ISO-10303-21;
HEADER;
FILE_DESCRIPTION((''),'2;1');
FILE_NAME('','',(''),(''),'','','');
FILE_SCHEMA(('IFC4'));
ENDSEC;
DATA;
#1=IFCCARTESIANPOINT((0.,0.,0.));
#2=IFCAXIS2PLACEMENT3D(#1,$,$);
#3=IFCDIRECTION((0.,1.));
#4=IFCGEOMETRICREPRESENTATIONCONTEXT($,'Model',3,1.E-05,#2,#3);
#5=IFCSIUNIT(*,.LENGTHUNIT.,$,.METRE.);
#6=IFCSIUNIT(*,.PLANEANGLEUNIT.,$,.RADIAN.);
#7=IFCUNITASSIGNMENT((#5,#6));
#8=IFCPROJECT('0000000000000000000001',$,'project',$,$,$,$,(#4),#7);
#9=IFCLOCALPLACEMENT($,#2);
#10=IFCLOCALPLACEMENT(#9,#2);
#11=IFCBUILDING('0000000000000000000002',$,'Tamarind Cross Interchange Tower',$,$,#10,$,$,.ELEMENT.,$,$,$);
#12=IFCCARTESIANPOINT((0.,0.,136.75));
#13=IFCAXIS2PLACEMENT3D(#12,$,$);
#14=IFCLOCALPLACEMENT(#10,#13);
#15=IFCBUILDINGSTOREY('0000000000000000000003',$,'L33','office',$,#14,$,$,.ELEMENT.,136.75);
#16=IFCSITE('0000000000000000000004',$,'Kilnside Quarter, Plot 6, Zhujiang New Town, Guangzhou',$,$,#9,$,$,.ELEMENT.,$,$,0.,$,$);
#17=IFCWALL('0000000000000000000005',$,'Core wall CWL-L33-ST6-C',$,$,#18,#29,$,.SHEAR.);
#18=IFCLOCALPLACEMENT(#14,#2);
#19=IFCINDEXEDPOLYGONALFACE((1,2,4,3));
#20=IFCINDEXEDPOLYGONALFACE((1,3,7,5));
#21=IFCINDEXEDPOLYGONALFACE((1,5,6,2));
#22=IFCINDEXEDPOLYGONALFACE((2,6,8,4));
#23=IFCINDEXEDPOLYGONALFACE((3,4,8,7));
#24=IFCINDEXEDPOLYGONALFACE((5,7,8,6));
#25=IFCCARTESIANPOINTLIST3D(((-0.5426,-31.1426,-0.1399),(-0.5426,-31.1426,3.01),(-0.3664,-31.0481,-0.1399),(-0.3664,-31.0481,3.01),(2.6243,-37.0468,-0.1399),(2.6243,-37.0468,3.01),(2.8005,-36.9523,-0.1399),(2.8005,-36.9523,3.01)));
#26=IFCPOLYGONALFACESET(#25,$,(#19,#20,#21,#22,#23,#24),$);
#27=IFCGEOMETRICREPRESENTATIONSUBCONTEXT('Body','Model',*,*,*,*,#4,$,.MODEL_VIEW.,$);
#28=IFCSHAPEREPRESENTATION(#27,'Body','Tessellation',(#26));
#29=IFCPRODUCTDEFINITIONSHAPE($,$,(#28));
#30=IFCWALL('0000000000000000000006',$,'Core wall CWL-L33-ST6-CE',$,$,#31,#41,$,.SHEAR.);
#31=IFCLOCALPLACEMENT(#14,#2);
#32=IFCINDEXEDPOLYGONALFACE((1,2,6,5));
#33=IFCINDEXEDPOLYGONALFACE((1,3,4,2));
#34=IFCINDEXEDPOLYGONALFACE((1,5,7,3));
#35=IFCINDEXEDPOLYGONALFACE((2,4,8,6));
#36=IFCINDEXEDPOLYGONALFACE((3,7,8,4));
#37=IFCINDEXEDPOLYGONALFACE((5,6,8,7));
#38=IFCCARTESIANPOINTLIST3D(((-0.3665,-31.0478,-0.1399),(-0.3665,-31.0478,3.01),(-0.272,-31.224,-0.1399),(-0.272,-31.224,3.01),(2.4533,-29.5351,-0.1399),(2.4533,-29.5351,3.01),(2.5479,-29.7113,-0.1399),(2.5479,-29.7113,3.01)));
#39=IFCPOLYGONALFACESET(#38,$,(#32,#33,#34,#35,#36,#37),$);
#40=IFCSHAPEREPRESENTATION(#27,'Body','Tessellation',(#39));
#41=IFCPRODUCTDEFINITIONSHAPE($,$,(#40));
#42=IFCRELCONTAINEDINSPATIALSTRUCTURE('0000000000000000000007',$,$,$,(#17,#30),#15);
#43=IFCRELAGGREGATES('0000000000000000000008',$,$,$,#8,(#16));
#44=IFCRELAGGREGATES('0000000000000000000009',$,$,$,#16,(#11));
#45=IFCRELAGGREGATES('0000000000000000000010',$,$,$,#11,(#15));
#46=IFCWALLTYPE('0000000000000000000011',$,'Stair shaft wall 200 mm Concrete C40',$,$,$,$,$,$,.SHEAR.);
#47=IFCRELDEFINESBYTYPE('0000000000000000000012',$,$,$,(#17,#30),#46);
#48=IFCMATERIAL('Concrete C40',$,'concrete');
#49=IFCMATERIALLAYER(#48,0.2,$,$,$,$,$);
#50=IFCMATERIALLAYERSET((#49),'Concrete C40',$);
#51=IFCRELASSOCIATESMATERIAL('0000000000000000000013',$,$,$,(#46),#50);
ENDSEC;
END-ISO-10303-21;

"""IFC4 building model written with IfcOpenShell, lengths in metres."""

from ifc_helpers import new_model, si_unit, direction, frame, frame_2d, origin, place, context, subcontext, project, spatial, rectangle, extrude, material, layer, layer_set, type_object, element, save


model = new_model("IFC4")

# Units and contexts
model_context = context("Model", 3, precision=1e-05, world=origin(), true_north=direction((0.0, 1.0)))
body_context = subcontext(model_context, "Body", "Model", "MODEL_VIEW")
ifc_project = project(units=[si_unit("LENGTHUNIT", "METRE"), si_unit("PLANEANGLEUNIT", "RADIAN")], contexts=[model_context])

# Site, building, storey
site_placement = place(None, origin())
site = spatial("IfcSite", under=ifc_project, at=site_placement, Name="Kilnside Quarter, Plot 6, Zhujiang New Town, Guangzhou", CompositionType="ELEMENT", RefElevation=0.0)
building_placement = place(site_placement, origin())
building = spatial("IfcBuilding", under=site, at=building_placement, Name="Tamarind Cross Interchange Tower", CompositionType="ELEMENT")
storey_placement = place(building_placement, frame((0.0, 0.0, 136.75)))
storey = spatial("IfcBuildingStorey", under=building, at=storey_placement, Name="L33", Description="office", CompositionType="ELEMENT", Elevation=136.75)

# Walls
ifc_material_1 = material(Name="Concrete C40", Category="concrete")
ifc_layer_1 = layer(ifc_material_1, 0.2)
ifc_layer_set_1 = layer_set([ifc_layer_1], Name="Concrete C40")
wall_type_1 = type_object("IfcWallType", Name="Stair shaft wall 200 mm Concrete C40", PredefinedType="SHEAR", material=ifc_layer_set_1)
wall_1_placement = place(storey_placement, frame((-0.4546, -31.0952, -0.1399), z_axis=(0.0, 0.0, 1.0), x_axis=(0.472682, -0.881233, 0.0)))
element("IfcWall", 1, at=wall_1_placement, inside=storey, type_object=wall_type_1, Name="Core wall CWL-L33-ST6-C", PredefinedType="SHEAR", context=body_context, shape_type="SweptSolid", body=[
    extrude(rectangle(XDim=6.7, YDim=0.2, at=frame_2d((3.3501, 0.0))), origin(), (0.0, 0.0, 1.0), 3.1499),
])
wall_2_placement = place(storey_placement, frame((-0.3193, -31.136, -0.1399), z_axis=(0.0, 0.0, 1.0), x_axis=(0.88121, 0.472725, 0.0)))
element("IfcWall", 2, at=wall_2_placement, inside=storey, type_object=wall_type_1, Name="Core wall CWL-L33-ST6-CE", PredefinedType="SHEAR", context=body_context, shape_type="SweptSolid", body=[
    extrude(rectangle(XDim=3.2, YDim=0.2, at=frame_2d((1.6001, 0.0))), origin(), (0.0, 0.0, 1.0), 3.1499),
])

save(model, "model.ifc")
